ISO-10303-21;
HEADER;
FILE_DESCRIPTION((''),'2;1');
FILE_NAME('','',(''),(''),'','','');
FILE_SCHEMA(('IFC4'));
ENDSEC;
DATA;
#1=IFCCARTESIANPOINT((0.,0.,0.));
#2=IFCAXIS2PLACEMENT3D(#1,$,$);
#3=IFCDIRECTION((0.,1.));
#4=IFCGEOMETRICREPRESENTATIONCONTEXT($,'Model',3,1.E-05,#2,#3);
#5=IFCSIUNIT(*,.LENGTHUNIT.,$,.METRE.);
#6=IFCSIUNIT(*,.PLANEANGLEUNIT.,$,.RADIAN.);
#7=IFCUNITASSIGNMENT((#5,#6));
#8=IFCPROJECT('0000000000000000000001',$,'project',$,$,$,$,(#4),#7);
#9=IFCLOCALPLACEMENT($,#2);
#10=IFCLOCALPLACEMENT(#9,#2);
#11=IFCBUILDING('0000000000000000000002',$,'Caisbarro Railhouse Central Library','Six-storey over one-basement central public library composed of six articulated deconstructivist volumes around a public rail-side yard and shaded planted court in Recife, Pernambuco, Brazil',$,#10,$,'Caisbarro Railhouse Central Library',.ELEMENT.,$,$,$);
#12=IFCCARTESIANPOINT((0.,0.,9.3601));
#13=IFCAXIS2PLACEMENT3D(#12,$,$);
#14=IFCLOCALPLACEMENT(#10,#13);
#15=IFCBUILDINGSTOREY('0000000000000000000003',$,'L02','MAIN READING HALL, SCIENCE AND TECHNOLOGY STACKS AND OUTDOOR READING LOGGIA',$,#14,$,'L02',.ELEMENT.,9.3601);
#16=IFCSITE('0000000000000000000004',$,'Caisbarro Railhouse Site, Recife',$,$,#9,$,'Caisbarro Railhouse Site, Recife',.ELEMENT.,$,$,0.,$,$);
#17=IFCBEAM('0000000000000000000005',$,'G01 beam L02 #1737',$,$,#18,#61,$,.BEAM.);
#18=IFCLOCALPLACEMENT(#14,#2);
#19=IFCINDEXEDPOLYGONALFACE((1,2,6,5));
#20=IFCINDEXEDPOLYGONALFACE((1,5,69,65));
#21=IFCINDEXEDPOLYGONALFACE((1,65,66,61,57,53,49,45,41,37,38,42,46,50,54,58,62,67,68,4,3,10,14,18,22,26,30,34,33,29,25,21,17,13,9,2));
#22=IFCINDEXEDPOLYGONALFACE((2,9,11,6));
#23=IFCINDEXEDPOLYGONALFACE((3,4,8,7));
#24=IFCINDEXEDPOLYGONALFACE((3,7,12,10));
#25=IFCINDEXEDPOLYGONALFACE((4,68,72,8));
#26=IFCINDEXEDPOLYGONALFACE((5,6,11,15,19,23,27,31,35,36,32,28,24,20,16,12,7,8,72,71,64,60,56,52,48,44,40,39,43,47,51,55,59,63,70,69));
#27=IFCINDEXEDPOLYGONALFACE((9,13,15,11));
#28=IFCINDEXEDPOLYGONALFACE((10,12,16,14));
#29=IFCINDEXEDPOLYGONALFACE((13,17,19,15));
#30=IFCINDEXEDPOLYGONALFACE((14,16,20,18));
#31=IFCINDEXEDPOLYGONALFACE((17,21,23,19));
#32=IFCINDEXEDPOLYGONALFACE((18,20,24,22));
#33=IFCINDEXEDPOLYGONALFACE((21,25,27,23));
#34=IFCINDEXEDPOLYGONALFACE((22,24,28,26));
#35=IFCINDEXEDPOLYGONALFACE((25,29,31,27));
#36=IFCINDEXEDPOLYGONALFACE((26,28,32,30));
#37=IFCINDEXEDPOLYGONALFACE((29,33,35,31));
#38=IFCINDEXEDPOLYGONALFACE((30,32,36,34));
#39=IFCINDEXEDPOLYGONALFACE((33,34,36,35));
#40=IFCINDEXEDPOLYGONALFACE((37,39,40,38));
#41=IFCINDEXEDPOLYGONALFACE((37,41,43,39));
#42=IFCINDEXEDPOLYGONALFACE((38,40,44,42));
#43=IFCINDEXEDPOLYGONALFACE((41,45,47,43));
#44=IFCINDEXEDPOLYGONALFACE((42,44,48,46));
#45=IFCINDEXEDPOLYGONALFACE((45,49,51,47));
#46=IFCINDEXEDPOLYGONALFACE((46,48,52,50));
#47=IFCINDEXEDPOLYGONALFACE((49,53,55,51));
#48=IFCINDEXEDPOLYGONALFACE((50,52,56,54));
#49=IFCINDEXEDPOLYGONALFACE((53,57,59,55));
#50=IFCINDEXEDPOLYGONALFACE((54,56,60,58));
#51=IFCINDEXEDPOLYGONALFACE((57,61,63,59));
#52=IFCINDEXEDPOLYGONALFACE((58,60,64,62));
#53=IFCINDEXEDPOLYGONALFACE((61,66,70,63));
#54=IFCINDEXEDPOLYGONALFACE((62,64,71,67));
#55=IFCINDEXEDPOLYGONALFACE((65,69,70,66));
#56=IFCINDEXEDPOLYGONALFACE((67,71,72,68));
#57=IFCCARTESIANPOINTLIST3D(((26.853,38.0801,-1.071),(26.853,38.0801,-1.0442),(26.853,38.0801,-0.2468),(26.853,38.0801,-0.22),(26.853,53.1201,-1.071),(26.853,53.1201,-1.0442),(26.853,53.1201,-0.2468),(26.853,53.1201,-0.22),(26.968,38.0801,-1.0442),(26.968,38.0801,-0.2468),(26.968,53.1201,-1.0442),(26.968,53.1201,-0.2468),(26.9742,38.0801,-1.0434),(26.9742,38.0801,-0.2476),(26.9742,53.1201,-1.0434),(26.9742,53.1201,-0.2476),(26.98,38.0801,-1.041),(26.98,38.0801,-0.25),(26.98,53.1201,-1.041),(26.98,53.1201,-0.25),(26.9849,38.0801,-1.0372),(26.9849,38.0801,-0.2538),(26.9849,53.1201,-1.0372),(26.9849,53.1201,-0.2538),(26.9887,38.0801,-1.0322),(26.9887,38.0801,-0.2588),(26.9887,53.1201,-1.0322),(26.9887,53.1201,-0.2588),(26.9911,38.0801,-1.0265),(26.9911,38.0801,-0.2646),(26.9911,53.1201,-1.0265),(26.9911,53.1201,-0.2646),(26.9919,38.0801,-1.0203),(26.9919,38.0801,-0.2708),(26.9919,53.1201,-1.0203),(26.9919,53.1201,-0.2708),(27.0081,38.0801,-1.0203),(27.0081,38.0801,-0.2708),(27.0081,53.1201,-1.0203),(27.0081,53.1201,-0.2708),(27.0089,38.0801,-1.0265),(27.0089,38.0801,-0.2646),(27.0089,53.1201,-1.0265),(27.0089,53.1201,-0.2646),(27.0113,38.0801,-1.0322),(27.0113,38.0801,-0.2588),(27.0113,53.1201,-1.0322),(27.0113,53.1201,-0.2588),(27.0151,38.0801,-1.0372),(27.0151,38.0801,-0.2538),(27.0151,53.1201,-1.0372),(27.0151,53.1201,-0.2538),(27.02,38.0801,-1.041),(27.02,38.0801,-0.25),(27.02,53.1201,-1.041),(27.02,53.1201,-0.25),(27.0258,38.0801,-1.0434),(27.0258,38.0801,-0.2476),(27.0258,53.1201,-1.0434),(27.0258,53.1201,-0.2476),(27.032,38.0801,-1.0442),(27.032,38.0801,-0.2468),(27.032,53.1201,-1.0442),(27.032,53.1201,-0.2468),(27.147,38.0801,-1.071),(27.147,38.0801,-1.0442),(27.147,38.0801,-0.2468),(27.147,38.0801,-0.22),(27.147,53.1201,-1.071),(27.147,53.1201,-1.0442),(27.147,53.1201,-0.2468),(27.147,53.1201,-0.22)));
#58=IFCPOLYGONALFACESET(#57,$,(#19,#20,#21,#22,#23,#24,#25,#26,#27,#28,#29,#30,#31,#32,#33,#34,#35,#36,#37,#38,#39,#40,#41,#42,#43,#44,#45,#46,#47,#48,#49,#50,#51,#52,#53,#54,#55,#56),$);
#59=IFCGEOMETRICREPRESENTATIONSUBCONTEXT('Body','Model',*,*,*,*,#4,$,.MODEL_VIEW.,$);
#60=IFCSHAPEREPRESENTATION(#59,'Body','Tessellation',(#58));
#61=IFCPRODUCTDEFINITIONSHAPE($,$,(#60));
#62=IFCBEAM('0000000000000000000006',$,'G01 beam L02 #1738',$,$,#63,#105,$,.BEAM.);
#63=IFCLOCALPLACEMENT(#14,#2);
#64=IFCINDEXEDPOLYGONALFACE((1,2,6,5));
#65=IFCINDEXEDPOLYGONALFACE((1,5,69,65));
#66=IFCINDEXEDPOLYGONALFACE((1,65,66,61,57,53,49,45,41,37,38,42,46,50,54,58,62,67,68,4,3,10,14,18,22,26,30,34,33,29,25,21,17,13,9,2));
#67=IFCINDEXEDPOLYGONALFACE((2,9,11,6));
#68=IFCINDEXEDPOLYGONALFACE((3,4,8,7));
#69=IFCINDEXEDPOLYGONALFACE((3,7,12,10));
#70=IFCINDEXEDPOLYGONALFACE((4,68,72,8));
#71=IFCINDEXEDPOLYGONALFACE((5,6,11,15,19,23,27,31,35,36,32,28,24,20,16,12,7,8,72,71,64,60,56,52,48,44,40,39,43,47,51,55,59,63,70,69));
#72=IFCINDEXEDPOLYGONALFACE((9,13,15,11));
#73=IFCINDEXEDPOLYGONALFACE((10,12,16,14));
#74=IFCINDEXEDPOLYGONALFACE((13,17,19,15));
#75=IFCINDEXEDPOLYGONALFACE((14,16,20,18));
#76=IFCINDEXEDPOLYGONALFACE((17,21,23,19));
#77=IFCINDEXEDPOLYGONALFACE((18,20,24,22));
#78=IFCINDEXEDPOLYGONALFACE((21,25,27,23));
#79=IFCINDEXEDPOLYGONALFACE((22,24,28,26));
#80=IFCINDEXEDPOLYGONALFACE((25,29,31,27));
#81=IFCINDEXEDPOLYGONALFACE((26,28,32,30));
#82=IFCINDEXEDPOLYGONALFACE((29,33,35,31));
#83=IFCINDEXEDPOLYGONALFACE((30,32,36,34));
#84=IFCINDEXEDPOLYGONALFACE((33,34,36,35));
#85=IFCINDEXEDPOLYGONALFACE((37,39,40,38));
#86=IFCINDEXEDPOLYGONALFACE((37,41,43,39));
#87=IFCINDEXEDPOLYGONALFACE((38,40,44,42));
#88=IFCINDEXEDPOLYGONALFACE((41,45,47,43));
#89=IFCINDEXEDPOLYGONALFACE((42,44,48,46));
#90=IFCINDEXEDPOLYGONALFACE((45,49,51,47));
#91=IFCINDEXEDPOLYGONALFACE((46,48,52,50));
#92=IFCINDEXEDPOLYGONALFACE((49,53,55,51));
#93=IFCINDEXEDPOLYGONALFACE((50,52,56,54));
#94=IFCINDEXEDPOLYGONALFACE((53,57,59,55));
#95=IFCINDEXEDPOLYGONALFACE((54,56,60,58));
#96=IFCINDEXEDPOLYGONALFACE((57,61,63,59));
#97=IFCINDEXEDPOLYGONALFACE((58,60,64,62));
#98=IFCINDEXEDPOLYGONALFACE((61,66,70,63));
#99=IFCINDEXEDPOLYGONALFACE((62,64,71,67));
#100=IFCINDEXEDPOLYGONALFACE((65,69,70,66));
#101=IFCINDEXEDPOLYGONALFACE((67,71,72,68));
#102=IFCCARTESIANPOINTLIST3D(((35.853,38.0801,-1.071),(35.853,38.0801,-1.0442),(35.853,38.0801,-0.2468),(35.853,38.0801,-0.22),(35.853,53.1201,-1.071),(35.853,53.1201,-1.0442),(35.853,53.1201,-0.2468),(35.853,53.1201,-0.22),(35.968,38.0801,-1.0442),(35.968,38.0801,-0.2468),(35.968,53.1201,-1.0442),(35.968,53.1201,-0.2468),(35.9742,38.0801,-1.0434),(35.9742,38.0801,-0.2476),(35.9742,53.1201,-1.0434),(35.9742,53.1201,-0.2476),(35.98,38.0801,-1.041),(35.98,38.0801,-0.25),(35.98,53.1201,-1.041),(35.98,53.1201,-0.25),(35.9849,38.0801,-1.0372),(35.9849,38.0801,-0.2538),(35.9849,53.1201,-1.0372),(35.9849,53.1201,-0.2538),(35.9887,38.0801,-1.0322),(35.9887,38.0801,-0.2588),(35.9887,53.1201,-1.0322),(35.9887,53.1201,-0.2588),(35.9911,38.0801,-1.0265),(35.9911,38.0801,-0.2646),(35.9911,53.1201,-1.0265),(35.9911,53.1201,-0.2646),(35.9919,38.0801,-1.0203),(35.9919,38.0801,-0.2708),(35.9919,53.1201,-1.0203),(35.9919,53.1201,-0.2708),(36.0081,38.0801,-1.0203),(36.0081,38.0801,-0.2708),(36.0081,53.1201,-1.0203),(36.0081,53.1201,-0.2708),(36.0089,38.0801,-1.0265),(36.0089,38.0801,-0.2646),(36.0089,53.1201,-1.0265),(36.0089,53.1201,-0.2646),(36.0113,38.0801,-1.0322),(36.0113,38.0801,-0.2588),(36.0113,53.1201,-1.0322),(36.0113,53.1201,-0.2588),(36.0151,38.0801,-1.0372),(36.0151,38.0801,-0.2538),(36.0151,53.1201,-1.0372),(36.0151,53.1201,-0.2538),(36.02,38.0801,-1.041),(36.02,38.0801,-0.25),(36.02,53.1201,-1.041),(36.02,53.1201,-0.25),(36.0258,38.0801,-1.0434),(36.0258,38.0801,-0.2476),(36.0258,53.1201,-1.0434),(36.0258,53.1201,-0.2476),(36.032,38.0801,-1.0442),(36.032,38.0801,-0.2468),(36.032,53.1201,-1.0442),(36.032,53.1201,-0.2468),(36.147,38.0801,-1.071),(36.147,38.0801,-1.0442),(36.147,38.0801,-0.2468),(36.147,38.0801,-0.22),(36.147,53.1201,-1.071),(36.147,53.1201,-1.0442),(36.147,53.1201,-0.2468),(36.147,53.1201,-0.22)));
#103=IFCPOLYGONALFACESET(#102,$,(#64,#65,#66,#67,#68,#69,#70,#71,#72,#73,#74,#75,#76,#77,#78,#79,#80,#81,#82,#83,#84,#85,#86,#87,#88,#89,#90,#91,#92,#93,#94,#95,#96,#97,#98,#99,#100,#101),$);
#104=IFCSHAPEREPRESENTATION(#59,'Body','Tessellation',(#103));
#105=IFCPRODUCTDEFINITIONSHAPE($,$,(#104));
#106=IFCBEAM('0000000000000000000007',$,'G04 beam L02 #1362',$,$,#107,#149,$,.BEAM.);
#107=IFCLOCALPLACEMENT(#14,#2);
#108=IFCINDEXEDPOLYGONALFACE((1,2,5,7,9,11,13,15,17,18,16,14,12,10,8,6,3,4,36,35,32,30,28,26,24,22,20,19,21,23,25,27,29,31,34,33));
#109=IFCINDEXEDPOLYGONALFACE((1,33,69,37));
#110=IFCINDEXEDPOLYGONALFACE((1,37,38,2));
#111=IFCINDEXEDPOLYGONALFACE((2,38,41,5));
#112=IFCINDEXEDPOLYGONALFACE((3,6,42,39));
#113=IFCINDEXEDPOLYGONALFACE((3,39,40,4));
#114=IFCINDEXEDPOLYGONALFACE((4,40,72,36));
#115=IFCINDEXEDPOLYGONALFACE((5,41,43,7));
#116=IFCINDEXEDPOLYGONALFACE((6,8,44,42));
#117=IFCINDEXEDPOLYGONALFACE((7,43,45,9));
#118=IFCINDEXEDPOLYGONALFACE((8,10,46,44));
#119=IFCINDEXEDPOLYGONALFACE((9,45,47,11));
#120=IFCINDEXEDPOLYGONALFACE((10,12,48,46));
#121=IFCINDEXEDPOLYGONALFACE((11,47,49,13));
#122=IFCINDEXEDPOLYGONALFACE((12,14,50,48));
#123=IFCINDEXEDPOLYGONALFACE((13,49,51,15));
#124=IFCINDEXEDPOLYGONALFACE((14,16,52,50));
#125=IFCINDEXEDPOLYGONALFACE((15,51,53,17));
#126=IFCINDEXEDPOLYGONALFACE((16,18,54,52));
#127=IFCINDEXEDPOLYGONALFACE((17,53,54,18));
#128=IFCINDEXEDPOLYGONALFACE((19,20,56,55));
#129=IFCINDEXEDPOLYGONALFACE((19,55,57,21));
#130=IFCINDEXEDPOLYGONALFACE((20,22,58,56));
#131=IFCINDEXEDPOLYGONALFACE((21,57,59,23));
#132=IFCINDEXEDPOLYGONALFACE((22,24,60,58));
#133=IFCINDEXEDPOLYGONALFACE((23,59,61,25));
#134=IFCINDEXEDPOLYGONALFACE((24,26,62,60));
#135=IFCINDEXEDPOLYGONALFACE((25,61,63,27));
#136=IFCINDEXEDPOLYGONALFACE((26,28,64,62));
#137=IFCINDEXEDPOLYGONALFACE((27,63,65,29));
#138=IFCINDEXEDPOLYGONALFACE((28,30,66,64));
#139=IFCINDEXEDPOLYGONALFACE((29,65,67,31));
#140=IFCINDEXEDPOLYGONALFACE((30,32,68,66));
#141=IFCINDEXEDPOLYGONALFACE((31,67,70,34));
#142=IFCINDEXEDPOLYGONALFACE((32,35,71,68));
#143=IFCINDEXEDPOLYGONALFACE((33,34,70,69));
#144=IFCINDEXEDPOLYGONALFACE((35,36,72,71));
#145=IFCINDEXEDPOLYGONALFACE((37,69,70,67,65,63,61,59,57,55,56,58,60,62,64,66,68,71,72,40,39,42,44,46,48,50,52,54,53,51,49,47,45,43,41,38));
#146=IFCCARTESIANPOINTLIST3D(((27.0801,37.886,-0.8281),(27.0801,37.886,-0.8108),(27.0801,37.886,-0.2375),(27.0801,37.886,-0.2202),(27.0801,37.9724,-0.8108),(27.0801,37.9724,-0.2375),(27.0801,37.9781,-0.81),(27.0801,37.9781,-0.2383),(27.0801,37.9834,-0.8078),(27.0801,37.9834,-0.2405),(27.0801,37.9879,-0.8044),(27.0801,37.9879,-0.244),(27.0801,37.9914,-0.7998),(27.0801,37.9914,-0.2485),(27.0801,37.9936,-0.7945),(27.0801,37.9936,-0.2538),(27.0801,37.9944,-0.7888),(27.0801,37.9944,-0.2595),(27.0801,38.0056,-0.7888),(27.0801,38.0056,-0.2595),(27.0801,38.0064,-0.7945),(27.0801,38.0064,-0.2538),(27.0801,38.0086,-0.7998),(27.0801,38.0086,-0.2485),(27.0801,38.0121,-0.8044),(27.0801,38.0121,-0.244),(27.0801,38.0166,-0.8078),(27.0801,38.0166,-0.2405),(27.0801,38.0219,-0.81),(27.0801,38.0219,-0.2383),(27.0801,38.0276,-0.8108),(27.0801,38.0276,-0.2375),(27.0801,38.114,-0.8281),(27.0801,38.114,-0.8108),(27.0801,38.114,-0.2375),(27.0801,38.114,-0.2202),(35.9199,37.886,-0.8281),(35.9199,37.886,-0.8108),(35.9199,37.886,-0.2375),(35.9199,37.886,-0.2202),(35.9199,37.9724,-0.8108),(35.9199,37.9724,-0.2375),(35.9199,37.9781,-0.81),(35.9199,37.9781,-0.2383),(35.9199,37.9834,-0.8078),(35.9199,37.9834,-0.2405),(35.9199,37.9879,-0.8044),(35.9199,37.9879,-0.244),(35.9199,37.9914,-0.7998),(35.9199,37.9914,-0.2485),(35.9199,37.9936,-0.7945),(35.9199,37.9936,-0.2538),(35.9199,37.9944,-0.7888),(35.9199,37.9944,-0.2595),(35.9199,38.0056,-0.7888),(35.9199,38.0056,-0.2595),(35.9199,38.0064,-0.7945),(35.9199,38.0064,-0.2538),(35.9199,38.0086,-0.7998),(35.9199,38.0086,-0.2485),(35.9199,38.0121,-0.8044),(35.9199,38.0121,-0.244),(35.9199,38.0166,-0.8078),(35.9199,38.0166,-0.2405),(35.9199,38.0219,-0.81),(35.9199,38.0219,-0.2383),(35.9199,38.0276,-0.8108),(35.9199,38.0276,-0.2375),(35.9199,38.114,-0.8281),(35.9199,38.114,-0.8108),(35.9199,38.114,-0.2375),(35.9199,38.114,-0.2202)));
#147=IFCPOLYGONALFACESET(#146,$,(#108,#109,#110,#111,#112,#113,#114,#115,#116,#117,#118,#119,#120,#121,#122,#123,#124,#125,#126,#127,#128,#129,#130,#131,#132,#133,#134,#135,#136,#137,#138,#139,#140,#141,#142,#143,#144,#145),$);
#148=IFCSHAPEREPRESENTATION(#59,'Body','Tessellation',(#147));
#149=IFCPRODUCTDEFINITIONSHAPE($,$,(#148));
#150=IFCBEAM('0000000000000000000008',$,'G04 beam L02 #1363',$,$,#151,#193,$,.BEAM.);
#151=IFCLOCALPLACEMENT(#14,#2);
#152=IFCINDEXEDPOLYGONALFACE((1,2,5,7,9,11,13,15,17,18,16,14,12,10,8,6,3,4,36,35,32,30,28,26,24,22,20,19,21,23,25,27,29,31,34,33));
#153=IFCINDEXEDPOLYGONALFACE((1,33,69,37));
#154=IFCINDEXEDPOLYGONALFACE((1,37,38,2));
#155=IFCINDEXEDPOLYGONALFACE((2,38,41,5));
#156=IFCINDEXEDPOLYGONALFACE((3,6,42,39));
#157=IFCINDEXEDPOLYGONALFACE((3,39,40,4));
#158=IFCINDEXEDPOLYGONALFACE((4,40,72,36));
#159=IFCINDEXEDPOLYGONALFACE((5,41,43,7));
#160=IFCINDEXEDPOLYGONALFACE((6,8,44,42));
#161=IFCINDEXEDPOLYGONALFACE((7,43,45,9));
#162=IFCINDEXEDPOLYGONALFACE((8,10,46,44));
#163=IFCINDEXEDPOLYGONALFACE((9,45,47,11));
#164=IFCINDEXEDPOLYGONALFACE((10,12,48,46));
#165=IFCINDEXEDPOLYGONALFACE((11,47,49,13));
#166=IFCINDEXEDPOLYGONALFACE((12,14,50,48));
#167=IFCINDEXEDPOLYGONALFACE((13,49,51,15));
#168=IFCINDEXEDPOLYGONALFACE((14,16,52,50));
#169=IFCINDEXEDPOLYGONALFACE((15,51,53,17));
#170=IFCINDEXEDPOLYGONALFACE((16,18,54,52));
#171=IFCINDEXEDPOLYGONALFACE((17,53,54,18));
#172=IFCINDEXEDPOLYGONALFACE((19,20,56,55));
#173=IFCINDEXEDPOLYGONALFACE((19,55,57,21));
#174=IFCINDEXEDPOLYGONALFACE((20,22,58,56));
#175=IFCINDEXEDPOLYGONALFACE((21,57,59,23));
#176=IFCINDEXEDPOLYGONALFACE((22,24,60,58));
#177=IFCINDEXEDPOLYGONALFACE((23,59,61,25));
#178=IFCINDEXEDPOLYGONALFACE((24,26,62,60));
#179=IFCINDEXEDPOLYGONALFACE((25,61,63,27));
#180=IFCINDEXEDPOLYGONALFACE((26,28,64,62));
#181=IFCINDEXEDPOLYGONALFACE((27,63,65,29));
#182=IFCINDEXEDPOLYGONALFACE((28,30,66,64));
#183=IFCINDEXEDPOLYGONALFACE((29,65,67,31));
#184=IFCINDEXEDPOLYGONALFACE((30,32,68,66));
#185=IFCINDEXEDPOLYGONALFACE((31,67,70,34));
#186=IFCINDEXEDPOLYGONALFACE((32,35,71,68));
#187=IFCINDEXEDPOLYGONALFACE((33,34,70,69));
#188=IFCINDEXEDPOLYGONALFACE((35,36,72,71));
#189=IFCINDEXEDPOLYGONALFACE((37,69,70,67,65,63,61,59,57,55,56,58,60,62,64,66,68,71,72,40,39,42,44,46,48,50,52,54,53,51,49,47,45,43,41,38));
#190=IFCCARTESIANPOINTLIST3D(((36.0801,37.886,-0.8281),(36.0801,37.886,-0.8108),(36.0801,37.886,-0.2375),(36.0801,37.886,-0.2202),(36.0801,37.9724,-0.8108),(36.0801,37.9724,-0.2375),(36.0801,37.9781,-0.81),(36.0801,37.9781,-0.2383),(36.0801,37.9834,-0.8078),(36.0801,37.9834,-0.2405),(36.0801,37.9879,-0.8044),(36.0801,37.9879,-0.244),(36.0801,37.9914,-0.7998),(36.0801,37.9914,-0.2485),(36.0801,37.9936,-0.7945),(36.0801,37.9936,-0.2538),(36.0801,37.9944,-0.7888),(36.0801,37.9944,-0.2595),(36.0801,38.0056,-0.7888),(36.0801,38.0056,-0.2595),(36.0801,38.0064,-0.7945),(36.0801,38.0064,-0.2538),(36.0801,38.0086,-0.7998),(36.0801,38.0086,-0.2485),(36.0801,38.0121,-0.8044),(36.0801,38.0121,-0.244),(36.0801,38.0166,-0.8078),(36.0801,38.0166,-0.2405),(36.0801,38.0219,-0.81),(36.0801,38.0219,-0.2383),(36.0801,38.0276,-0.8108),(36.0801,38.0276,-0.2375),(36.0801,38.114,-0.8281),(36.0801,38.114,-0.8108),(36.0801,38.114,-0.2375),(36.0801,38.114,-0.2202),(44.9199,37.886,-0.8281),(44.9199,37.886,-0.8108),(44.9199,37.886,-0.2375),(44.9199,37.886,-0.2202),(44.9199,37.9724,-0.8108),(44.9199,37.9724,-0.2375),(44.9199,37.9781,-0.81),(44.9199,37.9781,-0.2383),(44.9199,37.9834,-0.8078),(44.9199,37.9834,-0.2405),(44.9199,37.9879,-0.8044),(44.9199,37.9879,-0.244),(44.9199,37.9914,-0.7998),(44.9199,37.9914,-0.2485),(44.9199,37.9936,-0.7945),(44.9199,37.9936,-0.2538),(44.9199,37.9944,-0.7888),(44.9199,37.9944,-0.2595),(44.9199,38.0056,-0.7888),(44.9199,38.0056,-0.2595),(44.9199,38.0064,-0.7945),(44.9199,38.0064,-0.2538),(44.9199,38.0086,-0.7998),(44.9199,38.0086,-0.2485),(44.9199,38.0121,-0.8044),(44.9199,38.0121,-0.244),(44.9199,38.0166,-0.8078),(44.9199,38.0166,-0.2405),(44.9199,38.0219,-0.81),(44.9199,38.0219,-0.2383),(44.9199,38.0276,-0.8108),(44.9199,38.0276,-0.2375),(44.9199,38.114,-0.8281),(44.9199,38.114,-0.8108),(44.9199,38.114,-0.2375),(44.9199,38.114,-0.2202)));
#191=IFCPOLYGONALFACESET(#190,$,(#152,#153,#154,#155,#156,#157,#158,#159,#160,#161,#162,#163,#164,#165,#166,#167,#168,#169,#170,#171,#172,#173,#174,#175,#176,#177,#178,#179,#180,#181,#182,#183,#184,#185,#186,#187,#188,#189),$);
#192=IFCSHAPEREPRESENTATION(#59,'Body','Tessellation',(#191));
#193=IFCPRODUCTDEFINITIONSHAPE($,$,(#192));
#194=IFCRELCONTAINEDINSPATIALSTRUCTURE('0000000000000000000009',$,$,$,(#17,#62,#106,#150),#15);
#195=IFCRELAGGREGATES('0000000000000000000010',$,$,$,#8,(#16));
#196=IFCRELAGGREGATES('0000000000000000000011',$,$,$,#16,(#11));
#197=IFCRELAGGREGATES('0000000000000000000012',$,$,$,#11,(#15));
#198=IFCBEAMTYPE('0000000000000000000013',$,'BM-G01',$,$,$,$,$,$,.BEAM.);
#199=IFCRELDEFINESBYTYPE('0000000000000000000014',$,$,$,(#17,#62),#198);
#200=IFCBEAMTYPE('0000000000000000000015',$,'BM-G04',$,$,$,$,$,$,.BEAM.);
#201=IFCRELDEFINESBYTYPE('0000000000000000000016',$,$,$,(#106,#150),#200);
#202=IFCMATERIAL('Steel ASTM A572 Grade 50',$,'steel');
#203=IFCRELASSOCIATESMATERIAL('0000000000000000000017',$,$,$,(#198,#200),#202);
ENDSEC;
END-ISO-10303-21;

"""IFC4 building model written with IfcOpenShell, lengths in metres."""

from ifc_helpers import new_model, si_unit, direction, frame, origin, origin_2d, place, context, subcontext, project, spatial, i_section, extrude, material, material_profile, profile_set, type_object, element, save


model = new_model("IFC4")

# Units and contexts
model_context = context("Model", 3, precision=1e-05, world=origin(), true_north=direction((0.0, 1.0)))
body_context = subcontext(model_context, "Body", "Model", "MODEL_VIEW")
ifc_project = project(units=[si_unit("LENGTHUNIT", "METRE"), si_unit("PLANEANGLEUNIT", "RADIAN")], contexts=[model_context])

# Site, building, storey
site_placement = place(None, origin())
site = spatial("IfcSite", under=ifc_project, at=site_placement, Name="Caisbarro Railhouse Site, Recife", LongName="Caisbarro Railhouse Site, Recife", CompositionType="ELEMENT", RefElevation=0.0)
building_placement = place(site_placement, origin())
building = spatial("IfcBuilding", under=site, at=building_placement, Name="Caisbarro Railhouse Central Library", Description="Six-storey over one-basement central public library composed of six articulated deconstructivist volumes around a public rail-side yard and shaded planted court in Recife, Pernambuco, Brazil", LongName="Caisbarro Railhouse Central Library", CompositionType="ELEMENT")
storey_placement = place(building_placement, frame((0.0, 0.0, 9.3601)))
storey = spatial("IfcBuildingStorey", under=building, at=storey_placement, Name="L02", Description="MAIN READING HALL, SCIENCE AND TECHNOLOGY STACKS AND OUTDOOR READING LOGGIA", LongName="L02", CompositionType="ELEMENT", Elevation=9.3601)

# Beams
ifc_material_1 = material(Name="Steel ASTM A572 Grade 50", Category="steel")
ifc_material_profile_1 = material_profile(ifc_material_1, i_section(OverallWidth=0.2939, OverallDepth=0.8511, WebThickness=0.0161, FlangeThickness=0.0269, FilletRadius=0.0239, at=origin_2d()), Name="W840X226.0")
ifc_profile_set_1 = profile_set([ifc_material_profile_1], Name="Steel ASTM A572 Grade 50")
beam_type_1 = type_object("IfcBeamType", Name="BM-G01", PredefinedType="BEAM", material=ifc_profile_set_1)
for number, where, z_axis, x_axis, name in (
    (1, (27.0, 38.0801, -0.6455), (0.0, 1.0, 0.0), (-1.0, 0.0, 0.0), "G01 beam L02 #1737"),
    (2, (36.0, 38.0801, -0.6455), (0.0, 1.0, 0.0), (-1.0, 0.0, 0.0), "G01 beam L02 #1738"),
):
    element("IfcBeam", number, at=place(storey_placement, frame(where, z_axis=z_axis, x_axis=x_axis)), inside=storey, type_object=beam_type_1, Name=name, PredefinedType="BEAM", context=body_context, shape_type="SweptSolid", body=[
        extrude(i_section(OverallWidth=0.2939, OverallDepth=0.8511, WebThickness=0.0161, FlangeThickness=0.0269, FilletRadius=0.0239, at=origin_2d()), origin(), (0.0, 0.0, 1.0), 15.04),
    ])
ifc_material_profile_2 = material_profile(ifc_material_1, i_section(OverallWidth=0.228, OverallDepth=0.6079, WebThickness=0.0112, FlangeThickness=0.0173, FilletRadius=0.022, at=origin_2d()), Name="W610X113.0")
ifc_profile_set_2 = profile_set([ifc_material_profile_2], Name="Steel ASTM A572 Grade 50")
beam_type_2 = type_object("IfcBeamType", Name="BM-G04", PredefinedType="BEAM", material=ifc_profile_set_2)
for number, where, z_axis, x_axis, name in (
    (3, (27.0801, 38.0, -0.5242), (1.0, 0.0, 0.0), (0.0, 1.0, 0.0), "G04 beam L02 #1362"),
    (4, (36.0801, 38.0, -0.5242), (1.0, 0.0, 0.0), (0.0, 1.0, 0.0), "G04 beam L02 #1363"),
):
    element("IfcBeam", number, at=place(storey_placement, frame(where, z_axis=z_axis, x_axis=x_axis)), inside=storey, type_object=beam_type_2, Name=name, PredefinedType="BEAM", context=body_context, shape_type="SweptSolid", body=[
        extrude(i_section(OverallWidth=0.228, OverallDepth=0.6079, WebThickness=0.0112, FlangeThickness=0.0173, FilletRadius=0.022, at=origin_2d()), origin(), (0.0, 0.0, 1.0), 8.8398),
    ])

save(model, "model.ifc")
